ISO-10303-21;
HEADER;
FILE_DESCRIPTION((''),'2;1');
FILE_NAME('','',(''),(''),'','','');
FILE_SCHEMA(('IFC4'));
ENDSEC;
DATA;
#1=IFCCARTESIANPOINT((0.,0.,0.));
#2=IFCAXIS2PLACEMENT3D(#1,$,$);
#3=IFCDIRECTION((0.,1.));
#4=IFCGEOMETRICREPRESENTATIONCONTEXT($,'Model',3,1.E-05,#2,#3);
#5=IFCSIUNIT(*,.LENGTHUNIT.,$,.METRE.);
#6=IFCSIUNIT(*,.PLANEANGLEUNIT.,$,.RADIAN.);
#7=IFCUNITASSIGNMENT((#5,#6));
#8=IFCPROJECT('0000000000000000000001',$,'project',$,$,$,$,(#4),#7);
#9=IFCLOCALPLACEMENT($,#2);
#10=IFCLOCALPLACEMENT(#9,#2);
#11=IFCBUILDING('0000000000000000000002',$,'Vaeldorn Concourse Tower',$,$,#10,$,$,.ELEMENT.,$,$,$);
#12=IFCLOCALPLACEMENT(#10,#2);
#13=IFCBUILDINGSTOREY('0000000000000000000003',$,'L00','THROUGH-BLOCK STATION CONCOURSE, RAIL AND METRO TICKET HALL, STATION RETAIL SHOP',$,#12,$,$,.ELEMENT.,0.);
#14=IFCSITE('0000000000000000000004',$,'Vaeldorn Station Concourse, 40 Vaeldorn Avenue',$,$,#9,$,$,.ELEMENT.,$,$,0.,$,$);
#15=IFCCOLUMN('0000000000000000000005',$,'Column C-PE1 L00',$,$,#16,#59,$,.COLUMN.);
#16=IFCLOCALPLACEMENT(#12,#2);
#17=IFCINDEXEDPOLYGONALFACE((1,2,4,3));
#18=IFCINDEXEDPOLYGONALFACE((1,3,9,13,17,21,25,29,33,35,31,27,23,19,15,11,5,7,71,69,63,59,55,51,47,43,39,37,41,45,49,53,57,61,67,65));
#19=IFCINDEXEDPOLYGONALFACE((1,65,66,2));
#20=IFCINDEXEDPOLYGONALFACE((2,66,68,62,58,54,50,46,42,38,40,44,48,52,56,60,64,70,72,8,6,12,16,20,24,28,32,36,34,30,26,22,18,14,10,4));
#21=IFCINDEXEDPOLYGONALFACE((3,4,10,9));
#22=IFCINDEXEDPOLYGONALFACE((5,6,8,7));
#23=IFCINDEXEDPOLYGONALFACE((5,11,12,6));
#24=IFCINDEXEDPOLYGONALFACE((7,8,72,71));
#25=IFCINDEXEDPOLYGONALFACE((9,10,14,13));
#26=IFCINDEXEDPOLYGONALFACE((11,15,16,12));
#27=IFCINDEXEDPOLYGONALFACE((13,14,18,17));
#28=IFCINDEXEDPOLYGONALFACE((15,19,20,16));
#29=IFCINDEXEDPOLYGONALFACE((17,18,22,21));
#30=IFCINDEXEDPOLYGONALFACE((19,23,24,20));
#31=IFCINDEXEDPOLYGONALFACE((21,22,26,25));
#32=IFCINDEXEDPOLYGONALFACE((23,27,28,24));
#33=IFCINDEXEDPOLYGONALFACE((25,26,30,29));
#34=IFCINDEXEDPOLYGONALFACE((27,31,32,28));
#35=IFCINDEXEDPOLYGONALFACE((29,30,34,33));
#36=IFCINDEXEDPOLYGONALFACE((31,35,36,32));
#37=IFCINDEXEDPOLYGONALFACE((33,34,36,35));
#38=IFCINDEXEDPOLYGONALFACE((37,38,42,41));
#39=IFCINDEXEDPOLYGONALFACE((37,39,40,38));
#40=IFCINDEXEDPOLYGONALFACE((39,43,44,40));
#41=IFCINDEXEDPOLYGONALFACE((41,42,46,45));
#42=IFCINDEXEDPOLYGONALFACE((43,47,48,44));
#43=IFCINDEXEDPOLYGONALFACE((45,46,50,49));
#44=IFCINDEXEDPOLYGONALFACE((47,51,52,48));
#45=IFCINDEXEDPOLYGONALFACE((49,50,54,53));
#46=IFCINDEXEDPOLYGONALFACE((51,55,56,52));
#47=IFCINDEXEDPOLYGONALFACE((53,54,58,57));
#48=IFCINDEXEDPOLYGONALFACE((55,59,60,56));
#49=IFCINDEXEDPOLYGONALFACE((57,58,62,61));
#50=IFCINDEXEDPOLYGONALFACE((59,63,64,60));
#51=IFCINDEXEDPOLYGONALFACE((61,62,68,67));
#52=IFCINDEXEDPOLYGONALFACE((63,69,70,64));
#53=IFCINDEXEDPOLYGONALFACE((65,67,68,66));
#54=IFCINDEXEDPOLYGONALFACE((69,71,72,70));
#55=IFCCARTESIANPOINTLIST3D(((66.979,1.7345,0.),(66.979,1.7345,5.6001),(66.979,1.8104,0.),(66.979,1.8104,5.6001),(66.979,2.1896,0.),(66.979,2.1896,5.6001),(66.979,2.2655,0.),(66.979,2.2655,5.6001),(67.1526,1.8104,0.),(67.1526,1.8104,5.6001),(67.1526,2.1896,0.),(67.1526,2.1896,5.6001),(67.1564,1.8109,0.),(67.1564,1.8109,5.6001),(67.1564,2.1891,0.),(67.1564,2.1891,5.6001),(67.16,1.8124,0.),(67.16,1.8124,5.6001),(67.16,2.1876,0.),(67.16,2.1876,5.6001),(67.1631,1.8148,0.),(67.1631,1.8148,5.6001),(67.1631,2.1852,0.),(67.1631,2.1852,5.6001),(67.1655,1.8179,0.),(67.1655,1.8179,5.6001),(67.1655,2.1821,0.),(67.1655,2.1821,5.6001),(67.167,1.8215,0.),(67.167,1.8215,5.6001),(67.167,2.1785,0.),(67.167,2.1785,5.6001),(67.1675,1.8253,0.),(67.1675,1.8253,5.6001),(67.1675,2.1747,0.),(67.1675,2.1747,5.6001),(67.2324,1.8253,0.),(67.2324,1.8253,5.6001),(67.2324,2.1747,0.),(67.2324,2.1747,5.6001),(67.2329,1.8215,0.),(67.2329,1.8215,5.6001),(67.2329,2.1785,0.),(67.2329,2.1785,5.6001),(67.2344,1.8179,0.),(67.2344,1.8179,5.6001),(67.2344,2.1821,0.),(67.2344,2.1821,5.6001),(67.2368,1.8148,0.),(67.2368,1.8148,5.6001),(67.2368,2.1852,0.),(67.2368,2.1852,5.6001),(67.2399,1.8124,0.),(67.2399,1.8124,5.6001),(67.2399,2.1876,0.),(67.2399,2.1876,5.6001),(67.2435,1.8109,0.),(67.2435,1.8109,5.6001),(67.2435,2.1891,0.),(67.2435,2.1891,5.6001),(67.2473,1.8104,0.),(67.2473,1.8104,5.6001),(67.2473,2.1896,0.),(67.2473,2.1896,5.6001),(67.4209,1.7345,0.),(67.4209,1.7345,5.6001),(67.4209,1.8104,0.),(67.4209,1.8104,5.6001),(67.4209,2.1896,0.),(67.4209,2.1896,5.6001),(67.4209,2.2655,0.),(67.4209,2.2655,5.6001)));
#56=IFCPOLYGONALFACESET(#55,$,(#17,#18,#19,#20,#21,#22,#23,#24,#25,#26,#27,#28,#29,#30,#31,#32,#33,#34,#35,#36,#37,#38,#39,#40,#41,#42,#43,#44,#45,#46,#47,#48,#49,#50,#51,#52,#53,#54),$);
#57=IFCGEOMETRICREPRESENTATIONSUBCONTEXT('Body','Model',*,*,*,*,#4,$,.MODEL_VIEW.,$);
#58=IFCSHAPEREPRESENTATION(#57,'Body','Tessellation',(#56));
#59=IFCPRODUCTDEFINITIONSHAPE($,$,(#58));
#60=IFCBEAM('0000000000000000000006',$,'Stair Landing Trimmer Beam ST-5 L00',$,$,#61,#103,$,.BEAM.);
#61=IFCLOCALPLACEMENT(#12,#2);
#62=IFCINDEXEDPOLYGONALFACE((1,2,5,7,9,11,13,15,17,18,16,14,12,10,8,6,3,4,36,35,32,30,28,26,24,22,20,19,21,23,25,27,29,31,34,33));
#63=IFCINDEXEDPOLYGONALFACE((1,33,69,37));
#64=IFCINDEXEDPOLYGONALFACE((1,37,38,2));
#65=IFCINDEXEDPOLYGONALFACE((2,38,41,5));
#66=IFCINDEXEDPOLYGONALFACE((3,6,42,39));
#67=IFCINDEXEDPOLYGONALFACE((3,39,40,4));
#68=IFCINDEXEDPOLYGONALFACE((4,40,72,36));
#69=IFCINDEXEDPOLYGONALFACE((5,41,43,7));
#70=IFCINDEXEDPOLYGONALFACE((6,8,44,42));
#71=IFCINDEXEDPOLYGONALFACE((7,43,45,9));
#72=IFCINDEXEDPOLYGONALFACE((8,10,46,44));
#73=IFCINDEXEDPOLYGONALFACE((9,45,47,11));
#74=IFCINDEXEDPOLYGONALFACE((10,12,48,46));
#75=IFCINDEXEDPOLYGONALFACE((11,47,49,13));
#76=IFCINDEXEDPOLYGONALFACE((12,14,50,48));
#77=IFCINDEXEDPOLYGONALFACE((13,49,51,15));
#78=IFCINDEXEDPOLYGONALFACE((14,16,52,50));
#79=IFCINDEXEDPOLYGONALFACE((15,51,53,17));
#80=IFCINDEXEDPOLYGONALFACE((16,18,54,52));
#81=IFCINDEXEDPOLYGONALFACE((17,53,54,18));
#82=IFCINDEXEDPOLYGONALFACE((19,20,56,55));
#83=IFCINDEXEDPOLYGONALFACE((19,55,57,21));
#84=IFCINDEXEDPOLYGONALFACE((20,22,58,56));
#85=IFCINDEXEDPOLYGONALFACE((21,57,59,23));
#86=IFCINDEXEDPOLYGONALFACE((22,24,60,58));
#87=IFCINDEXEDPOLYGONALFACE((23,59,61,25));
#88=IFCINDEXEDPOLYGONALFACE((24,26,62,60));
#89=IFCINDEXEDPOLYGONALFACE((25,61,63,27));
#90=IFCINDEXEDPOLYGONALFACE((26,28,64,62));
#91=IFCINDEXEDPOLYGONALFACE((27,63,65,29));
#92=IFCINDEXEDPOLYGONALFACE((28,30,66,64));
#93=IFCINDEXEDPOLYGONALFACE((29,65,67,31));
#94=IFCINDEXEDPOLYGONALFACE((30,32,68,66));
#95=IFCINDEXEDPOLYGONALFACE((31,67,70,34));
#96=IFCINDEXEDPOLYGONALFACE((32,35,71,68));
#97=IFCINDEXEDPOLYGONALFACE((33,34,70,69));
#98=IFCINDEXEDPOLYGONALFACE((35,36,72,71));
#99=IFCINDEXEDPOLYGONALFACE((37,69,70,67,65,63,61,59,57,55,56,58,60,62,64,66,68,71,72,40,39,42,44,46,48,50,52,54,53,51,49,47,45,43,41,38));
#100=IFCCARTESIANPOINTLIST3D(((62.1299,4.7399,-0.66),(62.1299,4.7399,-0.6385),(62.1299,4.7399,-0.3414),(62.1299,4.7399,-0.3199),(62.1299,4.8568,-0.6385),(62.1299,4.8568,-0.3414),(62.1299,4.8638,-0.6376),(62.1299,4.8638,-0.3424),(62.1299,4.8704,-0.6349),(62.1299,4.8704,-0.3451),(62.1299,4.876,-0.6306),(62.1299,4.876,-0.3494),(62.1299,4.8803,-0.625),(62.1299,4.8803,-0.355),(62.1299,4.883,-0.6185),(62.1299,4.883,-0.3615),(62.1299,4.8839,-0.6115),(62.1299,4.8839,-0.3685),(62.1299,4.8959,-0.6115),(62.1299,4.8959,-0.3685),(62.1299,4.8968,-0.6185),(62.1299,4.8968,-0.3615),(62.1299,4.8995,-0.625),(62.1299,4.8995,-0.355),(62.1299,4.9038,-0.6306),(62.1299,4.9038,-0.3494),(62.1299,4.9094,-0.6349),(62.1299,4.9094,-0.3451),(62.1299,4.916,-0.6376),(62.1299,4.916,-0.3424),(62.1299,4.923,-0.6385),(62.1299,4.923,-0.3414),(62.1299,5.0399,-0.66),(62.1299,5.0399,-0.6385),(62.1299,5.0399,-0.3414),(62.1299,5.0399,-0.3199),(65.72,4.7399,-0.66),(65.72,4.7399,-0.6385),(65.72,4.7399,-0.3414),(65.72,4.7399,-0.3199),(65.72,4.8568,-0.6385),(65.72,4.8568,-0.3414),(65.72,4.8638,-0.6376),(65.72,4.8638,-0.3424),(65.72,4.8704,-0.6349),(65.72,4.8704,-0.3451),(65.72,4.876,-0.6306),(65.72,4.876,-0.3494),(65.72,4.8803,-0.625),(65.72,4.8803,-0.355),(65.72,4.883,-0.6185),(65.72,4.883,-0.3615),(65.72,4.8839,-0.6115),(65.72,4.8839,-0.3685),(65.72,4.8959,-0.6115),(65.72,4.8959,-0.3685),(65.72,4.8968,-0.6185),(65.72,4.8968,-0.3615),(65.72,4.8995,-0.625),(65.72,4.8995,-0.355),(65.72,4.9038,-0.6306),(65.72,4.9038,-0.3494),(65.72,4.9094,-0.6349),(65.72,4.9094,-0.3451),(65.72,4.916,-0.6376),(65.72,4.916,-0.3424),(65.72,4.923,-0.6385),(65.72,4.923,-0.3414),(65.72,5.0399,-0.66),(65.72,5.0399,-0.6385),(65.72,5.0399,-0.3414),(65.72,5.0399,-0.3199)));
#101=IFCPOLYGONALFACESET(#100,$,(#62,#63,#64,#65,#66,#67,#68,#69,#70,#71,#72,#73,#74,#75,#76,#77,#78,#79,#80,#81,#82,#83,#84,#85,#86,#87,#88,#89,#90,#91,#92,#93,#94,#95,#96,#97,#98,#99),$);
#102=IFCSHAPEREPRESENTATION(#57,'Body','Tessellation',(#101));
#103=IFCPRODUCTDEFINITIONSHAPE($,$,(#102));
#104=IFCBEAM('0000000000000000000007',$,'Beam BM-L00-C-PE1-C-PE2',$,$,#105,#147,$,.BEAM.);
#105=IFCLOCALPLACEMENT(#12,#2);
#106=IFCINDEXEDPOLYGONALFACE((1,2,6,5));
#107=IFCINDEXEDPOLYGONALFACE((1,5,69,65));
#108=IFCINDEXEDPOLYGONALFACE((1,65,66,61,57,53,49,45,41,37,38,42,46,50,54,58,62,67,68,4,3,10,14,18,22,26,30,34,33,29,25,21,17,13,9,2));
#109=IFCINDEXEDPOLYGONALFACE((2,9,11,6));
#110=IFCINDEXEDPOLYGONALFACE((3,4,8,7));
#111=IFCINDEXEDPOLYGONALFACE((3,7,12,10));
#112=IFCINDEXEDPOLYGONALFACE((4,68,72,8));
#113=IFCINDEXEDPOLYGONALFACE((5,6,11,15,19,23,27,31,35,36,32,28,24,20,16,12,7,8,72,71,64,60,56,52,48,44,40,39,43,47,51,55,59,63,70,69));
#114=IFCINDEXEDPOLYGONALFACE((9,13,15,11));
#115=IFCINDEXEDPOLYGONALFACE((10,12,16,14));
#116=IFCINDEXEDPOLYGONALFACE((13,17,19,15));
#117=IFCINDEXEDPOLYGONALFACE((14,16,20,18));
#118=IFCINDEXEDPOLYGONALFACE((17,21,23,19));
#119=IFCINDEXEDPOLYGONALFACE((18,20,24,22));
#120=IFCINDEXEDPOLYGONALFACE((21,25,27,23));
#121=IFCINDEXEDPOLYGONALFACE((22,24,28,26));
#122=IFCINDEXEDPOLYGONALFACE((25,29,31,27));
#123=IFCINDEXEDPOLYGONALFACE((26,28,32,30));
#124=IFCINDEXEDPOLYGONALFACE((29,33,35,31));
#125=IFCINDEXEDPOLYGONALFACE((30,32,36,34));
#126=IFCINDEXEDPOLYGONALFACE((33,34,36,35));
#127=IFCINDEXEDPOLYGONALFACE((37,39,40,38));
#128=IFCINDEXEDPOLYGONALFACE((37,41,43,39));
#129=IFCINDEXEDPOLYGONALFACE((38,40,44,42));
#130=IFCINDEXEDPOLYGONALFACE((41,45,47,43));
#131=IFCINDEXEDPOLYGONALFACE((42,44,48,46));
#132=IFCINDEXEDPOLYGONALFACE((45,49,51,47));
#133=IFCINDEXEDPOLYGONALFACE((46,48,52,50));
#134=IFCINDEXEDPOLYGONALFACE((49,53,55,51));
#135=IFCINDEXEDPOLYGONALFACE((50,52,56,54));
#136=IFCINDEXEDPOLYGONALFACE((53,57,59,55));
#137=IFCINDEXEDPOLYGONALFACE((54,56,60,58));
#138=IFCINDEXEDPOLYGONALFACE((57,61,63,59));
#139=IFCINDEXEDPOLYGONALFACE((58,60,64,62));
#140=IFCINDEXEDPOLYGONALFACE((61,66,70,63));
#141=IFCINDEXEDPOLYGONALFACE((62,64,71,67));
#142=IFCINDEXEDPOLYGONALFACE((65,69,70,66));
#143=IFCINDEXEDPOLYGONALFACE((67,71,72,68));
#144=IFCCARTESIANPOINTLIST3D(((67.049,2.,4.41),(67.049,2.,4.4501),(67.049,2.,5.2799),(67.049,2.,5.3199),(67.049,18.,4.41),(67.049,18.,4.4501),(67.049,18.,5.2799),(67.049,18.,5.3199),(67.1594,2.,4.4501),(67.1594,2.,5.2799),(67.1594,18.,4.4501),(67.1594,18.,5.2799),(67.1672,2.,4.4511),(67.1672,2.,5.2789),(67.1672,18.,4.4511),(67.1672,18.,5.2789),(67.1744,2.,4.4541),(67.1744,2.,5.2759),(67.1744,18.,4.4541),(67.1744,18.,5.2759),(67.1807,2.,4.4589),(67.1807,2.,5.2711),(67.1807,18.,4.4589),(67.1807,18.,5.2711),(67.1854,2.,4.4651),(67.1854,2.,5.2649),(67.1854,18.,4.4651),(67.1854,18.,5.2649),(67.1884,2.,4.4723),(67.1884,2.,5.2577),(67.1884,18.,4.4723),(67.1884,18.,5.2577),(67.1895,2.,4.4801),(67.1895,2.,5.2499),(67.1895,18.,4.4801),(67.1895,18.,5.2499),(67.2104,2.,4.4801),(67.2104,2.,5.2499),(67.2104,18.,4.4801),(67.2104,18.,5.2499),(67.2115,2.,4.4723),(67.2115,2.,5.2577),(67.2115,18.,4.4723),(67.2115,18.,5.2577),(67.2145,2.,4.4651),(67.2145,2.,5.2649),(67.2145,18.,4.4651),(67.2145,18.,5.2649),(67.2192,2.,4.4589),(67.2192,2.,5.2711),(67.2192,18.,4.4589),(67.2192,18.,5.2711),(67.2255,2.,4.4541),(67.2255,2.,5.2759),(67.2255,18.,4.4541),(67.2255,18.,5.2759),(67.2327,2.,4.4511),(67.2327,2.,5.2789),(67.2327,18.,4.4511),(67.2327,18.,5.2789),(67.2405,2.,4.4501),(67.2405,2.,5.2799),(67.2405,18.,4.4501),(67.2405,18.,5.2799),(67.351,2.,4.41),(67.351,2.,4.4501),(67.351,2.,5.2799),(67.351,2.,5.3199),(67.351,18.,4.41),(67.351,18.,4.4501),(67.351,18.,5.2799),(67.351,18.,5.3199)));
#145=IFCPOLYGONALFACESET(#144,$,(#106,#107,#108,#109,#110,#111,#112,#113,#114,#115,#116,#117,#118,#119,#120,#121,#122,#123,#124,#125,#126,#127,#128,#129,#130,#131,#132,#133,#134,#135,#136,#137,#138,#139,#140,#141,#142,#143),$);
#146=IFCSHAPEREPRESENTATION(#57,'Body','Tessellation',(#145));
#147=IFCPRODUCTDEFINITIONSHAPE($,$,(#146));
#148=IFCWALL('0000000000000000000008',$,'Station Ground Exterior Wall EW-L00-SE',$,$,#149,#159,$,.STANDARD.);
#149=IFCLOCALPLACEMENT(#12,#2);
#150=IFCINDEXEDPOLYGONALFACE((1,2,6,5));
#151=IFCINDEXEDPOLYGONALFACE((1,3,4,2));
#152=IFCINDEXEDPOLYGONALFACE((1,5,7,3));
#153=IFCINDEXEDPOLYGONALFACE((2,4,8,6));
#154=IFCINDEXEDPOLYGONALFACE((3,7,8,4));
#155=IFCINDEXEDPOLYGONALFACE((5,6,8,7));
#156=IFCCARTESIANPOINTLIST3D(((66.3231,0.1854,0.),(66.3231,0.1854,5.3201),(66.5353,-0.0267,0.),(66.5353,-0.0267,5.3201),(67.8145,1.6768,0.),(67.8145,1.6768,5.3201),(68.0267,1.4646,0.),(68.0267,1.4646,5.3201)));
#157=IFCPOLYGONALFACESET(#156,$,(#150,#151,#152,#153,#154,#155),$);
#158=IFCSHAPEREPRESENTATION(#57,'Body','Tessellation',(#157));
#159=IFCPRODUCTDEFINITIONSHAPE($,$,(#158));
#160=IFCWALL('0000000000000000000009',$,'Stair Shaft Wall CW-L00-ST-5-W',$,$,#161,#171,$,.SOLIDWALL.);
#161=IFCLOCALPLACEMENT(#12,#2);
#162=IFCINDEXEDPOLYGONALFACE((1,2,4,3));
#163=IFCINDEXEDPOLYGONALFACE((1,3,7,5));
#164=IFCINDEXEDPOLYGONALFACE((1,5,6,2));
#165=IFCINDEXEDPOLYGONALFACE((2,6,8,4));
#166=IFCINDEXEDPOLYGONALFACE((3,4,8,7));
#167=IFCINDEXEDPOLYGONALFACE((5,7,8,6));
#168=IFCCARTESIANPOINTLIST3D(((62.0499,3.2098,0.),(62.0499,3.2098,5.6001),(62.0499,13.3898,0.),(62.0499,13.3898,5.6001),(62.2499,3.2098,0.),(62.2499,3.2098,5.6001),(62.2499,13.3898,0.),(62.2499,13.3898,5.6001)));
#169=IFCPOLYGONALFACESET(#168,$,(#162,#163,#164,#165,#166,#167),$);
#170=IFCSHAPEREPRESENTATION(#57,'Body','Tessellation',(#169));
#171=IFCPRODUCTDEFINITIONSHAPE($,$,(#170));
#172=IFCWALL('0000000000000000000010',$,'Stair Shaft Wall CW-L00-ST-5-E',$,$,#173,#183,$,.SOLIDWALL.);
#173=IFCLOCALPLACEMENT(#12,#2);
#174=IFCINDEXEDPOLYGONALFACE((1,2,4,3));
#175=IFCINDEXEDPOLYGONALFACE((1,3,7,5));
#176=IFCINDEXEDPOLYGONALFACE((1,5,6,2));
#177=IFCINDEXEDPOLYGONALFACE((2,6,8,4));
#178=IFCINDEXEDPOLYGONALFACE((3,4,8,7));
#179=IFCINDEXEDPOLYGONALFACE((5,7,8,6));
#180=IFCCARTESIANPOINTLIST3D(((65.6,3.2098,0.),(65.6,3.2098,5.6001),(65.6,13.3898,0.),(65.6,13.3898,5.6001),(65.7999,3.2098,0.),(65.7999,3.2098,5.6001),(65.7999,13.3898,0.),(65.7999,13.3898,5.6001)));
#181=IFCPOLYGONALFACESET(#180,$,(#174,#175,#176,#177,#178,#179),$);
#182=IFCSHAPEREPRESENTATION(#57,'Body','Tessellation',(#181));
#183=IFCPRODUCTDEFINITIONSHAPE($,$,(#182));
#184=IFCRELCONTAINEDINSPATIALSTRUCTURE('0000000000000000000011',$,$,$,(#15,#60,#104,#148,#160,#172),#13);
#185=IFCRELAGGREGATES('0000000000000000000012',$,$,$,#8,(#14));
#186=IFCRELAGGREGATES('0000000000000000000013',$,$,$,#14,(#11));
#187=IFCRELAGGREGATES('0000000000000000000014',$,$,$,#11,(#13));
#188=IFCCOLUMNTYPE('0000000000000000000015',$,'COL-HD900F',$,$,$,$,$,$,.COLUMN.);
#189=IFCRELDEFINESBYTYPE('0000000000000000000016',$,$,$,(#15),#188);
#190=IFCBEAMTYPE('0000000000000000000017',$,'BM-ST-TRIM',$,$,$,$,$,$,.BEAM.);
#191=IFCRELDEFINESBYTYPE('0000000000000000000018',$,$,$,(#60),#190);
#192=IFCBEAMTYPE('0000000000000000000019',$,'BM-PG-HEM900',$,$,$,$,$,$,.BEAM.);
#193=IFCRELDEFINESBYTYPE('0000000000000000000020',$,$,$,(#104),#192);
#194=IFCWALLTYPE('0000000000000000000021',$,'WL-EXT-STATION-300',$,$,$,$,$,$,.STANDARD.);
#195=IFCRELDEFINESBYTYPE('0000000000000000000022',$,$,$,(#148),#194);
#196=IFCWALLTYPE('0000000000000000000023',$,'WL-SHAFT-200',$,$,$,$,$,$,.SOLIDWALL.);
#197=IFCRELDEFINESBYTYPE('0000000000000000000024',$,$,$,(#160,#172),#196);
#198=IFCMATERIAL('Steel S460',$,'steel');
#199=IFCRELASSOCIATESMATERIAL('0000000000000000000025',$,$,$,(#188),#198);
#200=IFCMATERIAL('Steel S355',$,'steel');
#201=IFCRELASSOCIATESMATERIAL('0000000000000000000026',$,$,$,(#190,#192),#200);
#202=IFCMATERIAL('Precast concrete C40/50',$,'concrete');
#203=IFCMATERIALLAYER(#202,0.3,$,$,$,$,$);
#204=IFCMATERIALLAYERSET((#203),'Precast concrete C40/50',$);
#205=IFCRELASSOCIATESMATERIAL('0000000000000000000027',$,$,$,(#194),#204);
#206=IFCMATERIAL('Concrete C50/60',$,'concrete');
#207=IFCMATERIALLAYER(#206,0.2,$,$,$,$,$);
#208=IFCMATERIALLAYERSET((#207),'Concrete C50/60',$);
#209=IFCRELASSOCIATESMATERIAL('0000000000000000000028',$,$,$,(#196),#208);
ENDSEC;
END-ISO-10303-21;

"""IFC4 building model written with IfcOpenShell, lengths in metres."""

from ifc_helpers import new_model, si_unit, direction, frame, frame_2d, origin, origin_2d, place, context, subcontext, project, spatial, rectangle, i_section, extrude, source, transform, mapped, material, layer, layer_set, material_profile, profile_set, type_object, element, save


model = new_model("IFC4")

# Units and contexts
model_context = context("Model", 3, precision=1e-05, world=origin(), true_north=direction((0.0, 1.0)))
body_context = subcontext(model_context, "Body", "Model", "MODEL_VIEW")
ifc_project = project(units=[si_unit("LENGTHUNIT", "METRE"), si_unit("PLANEANGLEUNIT", "RADIAN")], contexts=[model_context])

# Site, building, storey
site_placement = place(None, origin())
site = spatial("IfcSite", under=ifc_project, at=site_placement, Name="Vaeldorn Station Concourse, 40 Vaeldorn Avenue", CompositionType="ELEMENT", RefElevation=0.0)
building_placement = place(site_placement, origin())
building = spatial("IfcBuilding", under=site, at=building_placement, Name="Vaeldorn Concourse Tower", CompositionType="ELEMENT")
storey_placement = place(building_placement, origin())
storey = spatial("IfcBuildingStorey", under=building, at=storey_placement, Name="L00", Description="THROUGH-BLOCK STATION CONCOURSE, RAIL AND METRO TICKET HALL, STATION RETAIL SHOP", CompositionType="ELEMENT", Elevation=0.0)

# Column
ifc_material_1 = material(Name="Steel S460", Category="steel")
ifc_material_profile_1 = material_profile(ifc_material_1, i_section(OverallWidth=0.4419, OverallDepth=0.531, WebThickness=0.0649, FlangeThickness=0.0759, FilletRadius=0.0149, at=origin_2d()), Name="HD 400x900")
ifc_profile_set_1 = profile_set([ifc_material_profile_1], Name="Steel S460")
column_type = type_object("IfcColumnType", Name="COL-HD900F", PredefinedType="COLUMN", material=ifc_profile_set_1)
shared_shape_1 = source(origin(), body_context, "Body", "SweptSolid", [
    extrude(i_section(OverallWidth=0.4419, OverallDepth=0.531, WebThickness=0.0649, FlangeThickness=0.0759, FilletRadius=0.0149, at=origin_2d()), origin(), (0.0, 0.0, 1.0), 5.6001),
])
column_placement = place(storey_placement, frame((67.2, 2.0, 0.0), z_axis=(0.0, 0.0, 1.0), x_axis=(1.0, 0.0, 0.0)))
element("IfcColumn", 1, at=column_placement, inside=storey, type_object=column_type, Name="Column C-PE1 L00", PredefinedType="COLUMN", context=body_context, shape_type="MappedRepresentation", body=[
    mapped(shared_shape_1, transform((0.0, 0.0, 0.0), scale=1.0)),
])

# Beams
ifc_material_2 = material(Name="Steel S355", Category="steel")
ifc_material_profile_2 = material_profile(ifc_material_2, i_section(OverallWidth=0.3, OverallDepth=0.3401, WebThickness=0.012, FlangeThickness=0.0215, FilletRadius=0.0271, at=origin_2d()), Name="HEB 340")
ifc_profile_set_2 = profile_set([ifc_material_profile_2], Name="Steel S355")
beam_type_1 = type_object("IfcBeamType", Name="BM-ST-TRIM", PredefinedType="BEAM", material=ifc_profile_set_2)
shared_shape_2 = source(origin(), body_context, "Body", "SweptSolid", [
    extrude(i_section(OverallWidth=0.3, OverallDepth=0.3401, WebThickness=0.012, FlangeThickness=0.0215, FilletRadius=0.0271, at=origin_2d()), origin(), (0.0, 0.0, 1.0), 3.5901),
])
beam_1_placement = place(storey_placement, frame((62.1299, 4.8899, -0.49), z_axis=(1.0, 0.0, 0.0), x_axis=(0.0, 1.0, 0.0)))
element("IfcBeam", 2, at=beam_1_placement, inside=storey, type_object=beam_type_1, Name="Stair Landing Trimmer Beam ST-5 L00", PredefinedType="BEAM", context=body_context, shape_type="MappedRepresentation", body=[
    mapped(shared_shape_2, transform((0.0, 0.0, 0.0), scale=1.0)),
])
ifc_material_profile_3 = material_profile(ifc_material_2, i_section(OverallWidth=0.302, OverallDepth=0.9099, WebThickness=0.021, FlangeThickness=0.04, FilletRadius=0.03, at=origin_2d()), Name="HEM 900")
ifc_profile_set_3 = profile_set([ifc_material_profile_3], Name="Steel S355")
beam_type_2 = type_object("IfcBeamType", Name="BM-PG-HEM900", PredefinedType="BEAM", material=ifc_profile_set_3)
shared_shape_3 = source(origin(), body_context, "Body", "SweptSolid", [
    extrude(i_section(OverallWidth=0.302, OverallDepth=0.9099, WebThickness=0.021, FlangeThickness=0.04, FilletRadius=0.03, at=origin_2d()), origin(), (0.0, 0.0, 1.0), 16.0),
])
beam_2_placement = place(storey_placement, frame((67.2, 2.0, 4.865), z_axis=(0.0, 1.0, 0.0), x_axis=(-1.0, 0.0, 0.0)))
element("IfcBeam", 3, at=beam_2_placement, inside=storey, type_object=beam_type_2, Name="Beam BM-L00-C-PE1-C-PE2", PredefinedType="BEAM", context=body_context, shape_type="MappedRepresentation", body=[
    mapped(shared_shape_3, transform((0.0, 0.0, 0.0), scale=1.0)),
])

# Shared definitions
ifc_material_3 = material(Name="Precast concrete C40/50", Category="concrete")
ifc_layer_1 = layer(ifc_material_3, 0.3)
ifc_layer_set_1 = layer_set([ifc_layer_1], Name="Precast concrete C40/50")
wall_type_1 = type_object("IfcWallType", Name="WL-EXT-STATION-300", PredefinedType="STANDARD", material=ifc_layer_set_1)

# Walls
wall_1_placement = place(storey_placement, frame((67.9207, 1.5708, 0.0), z_axis=(0.0, 0.0, 1.0), x_axis=(-0.707107, -0.707107, 0.0)))
element("IfcWall", 4, at=wall_1_placement, inside=storey, type_object=wall_type_1, Name="Station Ground Exterior Wall EW-L00-SE", PredefinedType="STANDARD", context=body_context, shape_type="SweptSolid", body=[
    extrude(rectangle(XDim=2.1091, YDim=0.3, at=frame_2d((1.0547, 0.0))), origin(), (0.0, 0.0, 1.0), 5.3201),
])
ifc_material_4 = material(Name="Concrete C50/60", Category="concrete")
ifc_layer_2 = layer(ifc_material_4, 0.2)
ifc_layer_set_2 = layer_set([ifc_layer_2], Name="Concrete C50/60")
wall_type_2 = type_object("IfcWallType", Name="WL-SHAFT-200", PredefinedType="SOLIDWALL", material=ifc_layer_set_2)
for number, where, z_axis, x_axis, name in (
    (5, (62.1499, 3.21, 0.0), (0.0, 0.0, 1.0), (0.0, 1.0, 0.0), "Stair Shaft Wall CW-L00-ST-5-W"),
    (6, (65.7, 3.21, 0.0), (0.0, 0.0, 1.0), (0.0, 1.0, 0.0), "Stair Shaft Wall CW-L00-ST-5-E"),
):
    element("IfcWall", number, at=place(storey_placement, frame(where, z_axis=z_axis, x_axis=x_axis)), inside=storey, type_object=wall_type_2, Name=name, PredefinedType="SOLIDWALL", context=body_context, shape_type="SweptSolid", body=[
        extrude(rectangle(XDim=10.1799, YDim=0.2, at=frame_2d((5.0898, 0.0))), origin(), (0.0, 0.0, 1.0), 5.6001),
    ])

save(model, "model.ifc")
